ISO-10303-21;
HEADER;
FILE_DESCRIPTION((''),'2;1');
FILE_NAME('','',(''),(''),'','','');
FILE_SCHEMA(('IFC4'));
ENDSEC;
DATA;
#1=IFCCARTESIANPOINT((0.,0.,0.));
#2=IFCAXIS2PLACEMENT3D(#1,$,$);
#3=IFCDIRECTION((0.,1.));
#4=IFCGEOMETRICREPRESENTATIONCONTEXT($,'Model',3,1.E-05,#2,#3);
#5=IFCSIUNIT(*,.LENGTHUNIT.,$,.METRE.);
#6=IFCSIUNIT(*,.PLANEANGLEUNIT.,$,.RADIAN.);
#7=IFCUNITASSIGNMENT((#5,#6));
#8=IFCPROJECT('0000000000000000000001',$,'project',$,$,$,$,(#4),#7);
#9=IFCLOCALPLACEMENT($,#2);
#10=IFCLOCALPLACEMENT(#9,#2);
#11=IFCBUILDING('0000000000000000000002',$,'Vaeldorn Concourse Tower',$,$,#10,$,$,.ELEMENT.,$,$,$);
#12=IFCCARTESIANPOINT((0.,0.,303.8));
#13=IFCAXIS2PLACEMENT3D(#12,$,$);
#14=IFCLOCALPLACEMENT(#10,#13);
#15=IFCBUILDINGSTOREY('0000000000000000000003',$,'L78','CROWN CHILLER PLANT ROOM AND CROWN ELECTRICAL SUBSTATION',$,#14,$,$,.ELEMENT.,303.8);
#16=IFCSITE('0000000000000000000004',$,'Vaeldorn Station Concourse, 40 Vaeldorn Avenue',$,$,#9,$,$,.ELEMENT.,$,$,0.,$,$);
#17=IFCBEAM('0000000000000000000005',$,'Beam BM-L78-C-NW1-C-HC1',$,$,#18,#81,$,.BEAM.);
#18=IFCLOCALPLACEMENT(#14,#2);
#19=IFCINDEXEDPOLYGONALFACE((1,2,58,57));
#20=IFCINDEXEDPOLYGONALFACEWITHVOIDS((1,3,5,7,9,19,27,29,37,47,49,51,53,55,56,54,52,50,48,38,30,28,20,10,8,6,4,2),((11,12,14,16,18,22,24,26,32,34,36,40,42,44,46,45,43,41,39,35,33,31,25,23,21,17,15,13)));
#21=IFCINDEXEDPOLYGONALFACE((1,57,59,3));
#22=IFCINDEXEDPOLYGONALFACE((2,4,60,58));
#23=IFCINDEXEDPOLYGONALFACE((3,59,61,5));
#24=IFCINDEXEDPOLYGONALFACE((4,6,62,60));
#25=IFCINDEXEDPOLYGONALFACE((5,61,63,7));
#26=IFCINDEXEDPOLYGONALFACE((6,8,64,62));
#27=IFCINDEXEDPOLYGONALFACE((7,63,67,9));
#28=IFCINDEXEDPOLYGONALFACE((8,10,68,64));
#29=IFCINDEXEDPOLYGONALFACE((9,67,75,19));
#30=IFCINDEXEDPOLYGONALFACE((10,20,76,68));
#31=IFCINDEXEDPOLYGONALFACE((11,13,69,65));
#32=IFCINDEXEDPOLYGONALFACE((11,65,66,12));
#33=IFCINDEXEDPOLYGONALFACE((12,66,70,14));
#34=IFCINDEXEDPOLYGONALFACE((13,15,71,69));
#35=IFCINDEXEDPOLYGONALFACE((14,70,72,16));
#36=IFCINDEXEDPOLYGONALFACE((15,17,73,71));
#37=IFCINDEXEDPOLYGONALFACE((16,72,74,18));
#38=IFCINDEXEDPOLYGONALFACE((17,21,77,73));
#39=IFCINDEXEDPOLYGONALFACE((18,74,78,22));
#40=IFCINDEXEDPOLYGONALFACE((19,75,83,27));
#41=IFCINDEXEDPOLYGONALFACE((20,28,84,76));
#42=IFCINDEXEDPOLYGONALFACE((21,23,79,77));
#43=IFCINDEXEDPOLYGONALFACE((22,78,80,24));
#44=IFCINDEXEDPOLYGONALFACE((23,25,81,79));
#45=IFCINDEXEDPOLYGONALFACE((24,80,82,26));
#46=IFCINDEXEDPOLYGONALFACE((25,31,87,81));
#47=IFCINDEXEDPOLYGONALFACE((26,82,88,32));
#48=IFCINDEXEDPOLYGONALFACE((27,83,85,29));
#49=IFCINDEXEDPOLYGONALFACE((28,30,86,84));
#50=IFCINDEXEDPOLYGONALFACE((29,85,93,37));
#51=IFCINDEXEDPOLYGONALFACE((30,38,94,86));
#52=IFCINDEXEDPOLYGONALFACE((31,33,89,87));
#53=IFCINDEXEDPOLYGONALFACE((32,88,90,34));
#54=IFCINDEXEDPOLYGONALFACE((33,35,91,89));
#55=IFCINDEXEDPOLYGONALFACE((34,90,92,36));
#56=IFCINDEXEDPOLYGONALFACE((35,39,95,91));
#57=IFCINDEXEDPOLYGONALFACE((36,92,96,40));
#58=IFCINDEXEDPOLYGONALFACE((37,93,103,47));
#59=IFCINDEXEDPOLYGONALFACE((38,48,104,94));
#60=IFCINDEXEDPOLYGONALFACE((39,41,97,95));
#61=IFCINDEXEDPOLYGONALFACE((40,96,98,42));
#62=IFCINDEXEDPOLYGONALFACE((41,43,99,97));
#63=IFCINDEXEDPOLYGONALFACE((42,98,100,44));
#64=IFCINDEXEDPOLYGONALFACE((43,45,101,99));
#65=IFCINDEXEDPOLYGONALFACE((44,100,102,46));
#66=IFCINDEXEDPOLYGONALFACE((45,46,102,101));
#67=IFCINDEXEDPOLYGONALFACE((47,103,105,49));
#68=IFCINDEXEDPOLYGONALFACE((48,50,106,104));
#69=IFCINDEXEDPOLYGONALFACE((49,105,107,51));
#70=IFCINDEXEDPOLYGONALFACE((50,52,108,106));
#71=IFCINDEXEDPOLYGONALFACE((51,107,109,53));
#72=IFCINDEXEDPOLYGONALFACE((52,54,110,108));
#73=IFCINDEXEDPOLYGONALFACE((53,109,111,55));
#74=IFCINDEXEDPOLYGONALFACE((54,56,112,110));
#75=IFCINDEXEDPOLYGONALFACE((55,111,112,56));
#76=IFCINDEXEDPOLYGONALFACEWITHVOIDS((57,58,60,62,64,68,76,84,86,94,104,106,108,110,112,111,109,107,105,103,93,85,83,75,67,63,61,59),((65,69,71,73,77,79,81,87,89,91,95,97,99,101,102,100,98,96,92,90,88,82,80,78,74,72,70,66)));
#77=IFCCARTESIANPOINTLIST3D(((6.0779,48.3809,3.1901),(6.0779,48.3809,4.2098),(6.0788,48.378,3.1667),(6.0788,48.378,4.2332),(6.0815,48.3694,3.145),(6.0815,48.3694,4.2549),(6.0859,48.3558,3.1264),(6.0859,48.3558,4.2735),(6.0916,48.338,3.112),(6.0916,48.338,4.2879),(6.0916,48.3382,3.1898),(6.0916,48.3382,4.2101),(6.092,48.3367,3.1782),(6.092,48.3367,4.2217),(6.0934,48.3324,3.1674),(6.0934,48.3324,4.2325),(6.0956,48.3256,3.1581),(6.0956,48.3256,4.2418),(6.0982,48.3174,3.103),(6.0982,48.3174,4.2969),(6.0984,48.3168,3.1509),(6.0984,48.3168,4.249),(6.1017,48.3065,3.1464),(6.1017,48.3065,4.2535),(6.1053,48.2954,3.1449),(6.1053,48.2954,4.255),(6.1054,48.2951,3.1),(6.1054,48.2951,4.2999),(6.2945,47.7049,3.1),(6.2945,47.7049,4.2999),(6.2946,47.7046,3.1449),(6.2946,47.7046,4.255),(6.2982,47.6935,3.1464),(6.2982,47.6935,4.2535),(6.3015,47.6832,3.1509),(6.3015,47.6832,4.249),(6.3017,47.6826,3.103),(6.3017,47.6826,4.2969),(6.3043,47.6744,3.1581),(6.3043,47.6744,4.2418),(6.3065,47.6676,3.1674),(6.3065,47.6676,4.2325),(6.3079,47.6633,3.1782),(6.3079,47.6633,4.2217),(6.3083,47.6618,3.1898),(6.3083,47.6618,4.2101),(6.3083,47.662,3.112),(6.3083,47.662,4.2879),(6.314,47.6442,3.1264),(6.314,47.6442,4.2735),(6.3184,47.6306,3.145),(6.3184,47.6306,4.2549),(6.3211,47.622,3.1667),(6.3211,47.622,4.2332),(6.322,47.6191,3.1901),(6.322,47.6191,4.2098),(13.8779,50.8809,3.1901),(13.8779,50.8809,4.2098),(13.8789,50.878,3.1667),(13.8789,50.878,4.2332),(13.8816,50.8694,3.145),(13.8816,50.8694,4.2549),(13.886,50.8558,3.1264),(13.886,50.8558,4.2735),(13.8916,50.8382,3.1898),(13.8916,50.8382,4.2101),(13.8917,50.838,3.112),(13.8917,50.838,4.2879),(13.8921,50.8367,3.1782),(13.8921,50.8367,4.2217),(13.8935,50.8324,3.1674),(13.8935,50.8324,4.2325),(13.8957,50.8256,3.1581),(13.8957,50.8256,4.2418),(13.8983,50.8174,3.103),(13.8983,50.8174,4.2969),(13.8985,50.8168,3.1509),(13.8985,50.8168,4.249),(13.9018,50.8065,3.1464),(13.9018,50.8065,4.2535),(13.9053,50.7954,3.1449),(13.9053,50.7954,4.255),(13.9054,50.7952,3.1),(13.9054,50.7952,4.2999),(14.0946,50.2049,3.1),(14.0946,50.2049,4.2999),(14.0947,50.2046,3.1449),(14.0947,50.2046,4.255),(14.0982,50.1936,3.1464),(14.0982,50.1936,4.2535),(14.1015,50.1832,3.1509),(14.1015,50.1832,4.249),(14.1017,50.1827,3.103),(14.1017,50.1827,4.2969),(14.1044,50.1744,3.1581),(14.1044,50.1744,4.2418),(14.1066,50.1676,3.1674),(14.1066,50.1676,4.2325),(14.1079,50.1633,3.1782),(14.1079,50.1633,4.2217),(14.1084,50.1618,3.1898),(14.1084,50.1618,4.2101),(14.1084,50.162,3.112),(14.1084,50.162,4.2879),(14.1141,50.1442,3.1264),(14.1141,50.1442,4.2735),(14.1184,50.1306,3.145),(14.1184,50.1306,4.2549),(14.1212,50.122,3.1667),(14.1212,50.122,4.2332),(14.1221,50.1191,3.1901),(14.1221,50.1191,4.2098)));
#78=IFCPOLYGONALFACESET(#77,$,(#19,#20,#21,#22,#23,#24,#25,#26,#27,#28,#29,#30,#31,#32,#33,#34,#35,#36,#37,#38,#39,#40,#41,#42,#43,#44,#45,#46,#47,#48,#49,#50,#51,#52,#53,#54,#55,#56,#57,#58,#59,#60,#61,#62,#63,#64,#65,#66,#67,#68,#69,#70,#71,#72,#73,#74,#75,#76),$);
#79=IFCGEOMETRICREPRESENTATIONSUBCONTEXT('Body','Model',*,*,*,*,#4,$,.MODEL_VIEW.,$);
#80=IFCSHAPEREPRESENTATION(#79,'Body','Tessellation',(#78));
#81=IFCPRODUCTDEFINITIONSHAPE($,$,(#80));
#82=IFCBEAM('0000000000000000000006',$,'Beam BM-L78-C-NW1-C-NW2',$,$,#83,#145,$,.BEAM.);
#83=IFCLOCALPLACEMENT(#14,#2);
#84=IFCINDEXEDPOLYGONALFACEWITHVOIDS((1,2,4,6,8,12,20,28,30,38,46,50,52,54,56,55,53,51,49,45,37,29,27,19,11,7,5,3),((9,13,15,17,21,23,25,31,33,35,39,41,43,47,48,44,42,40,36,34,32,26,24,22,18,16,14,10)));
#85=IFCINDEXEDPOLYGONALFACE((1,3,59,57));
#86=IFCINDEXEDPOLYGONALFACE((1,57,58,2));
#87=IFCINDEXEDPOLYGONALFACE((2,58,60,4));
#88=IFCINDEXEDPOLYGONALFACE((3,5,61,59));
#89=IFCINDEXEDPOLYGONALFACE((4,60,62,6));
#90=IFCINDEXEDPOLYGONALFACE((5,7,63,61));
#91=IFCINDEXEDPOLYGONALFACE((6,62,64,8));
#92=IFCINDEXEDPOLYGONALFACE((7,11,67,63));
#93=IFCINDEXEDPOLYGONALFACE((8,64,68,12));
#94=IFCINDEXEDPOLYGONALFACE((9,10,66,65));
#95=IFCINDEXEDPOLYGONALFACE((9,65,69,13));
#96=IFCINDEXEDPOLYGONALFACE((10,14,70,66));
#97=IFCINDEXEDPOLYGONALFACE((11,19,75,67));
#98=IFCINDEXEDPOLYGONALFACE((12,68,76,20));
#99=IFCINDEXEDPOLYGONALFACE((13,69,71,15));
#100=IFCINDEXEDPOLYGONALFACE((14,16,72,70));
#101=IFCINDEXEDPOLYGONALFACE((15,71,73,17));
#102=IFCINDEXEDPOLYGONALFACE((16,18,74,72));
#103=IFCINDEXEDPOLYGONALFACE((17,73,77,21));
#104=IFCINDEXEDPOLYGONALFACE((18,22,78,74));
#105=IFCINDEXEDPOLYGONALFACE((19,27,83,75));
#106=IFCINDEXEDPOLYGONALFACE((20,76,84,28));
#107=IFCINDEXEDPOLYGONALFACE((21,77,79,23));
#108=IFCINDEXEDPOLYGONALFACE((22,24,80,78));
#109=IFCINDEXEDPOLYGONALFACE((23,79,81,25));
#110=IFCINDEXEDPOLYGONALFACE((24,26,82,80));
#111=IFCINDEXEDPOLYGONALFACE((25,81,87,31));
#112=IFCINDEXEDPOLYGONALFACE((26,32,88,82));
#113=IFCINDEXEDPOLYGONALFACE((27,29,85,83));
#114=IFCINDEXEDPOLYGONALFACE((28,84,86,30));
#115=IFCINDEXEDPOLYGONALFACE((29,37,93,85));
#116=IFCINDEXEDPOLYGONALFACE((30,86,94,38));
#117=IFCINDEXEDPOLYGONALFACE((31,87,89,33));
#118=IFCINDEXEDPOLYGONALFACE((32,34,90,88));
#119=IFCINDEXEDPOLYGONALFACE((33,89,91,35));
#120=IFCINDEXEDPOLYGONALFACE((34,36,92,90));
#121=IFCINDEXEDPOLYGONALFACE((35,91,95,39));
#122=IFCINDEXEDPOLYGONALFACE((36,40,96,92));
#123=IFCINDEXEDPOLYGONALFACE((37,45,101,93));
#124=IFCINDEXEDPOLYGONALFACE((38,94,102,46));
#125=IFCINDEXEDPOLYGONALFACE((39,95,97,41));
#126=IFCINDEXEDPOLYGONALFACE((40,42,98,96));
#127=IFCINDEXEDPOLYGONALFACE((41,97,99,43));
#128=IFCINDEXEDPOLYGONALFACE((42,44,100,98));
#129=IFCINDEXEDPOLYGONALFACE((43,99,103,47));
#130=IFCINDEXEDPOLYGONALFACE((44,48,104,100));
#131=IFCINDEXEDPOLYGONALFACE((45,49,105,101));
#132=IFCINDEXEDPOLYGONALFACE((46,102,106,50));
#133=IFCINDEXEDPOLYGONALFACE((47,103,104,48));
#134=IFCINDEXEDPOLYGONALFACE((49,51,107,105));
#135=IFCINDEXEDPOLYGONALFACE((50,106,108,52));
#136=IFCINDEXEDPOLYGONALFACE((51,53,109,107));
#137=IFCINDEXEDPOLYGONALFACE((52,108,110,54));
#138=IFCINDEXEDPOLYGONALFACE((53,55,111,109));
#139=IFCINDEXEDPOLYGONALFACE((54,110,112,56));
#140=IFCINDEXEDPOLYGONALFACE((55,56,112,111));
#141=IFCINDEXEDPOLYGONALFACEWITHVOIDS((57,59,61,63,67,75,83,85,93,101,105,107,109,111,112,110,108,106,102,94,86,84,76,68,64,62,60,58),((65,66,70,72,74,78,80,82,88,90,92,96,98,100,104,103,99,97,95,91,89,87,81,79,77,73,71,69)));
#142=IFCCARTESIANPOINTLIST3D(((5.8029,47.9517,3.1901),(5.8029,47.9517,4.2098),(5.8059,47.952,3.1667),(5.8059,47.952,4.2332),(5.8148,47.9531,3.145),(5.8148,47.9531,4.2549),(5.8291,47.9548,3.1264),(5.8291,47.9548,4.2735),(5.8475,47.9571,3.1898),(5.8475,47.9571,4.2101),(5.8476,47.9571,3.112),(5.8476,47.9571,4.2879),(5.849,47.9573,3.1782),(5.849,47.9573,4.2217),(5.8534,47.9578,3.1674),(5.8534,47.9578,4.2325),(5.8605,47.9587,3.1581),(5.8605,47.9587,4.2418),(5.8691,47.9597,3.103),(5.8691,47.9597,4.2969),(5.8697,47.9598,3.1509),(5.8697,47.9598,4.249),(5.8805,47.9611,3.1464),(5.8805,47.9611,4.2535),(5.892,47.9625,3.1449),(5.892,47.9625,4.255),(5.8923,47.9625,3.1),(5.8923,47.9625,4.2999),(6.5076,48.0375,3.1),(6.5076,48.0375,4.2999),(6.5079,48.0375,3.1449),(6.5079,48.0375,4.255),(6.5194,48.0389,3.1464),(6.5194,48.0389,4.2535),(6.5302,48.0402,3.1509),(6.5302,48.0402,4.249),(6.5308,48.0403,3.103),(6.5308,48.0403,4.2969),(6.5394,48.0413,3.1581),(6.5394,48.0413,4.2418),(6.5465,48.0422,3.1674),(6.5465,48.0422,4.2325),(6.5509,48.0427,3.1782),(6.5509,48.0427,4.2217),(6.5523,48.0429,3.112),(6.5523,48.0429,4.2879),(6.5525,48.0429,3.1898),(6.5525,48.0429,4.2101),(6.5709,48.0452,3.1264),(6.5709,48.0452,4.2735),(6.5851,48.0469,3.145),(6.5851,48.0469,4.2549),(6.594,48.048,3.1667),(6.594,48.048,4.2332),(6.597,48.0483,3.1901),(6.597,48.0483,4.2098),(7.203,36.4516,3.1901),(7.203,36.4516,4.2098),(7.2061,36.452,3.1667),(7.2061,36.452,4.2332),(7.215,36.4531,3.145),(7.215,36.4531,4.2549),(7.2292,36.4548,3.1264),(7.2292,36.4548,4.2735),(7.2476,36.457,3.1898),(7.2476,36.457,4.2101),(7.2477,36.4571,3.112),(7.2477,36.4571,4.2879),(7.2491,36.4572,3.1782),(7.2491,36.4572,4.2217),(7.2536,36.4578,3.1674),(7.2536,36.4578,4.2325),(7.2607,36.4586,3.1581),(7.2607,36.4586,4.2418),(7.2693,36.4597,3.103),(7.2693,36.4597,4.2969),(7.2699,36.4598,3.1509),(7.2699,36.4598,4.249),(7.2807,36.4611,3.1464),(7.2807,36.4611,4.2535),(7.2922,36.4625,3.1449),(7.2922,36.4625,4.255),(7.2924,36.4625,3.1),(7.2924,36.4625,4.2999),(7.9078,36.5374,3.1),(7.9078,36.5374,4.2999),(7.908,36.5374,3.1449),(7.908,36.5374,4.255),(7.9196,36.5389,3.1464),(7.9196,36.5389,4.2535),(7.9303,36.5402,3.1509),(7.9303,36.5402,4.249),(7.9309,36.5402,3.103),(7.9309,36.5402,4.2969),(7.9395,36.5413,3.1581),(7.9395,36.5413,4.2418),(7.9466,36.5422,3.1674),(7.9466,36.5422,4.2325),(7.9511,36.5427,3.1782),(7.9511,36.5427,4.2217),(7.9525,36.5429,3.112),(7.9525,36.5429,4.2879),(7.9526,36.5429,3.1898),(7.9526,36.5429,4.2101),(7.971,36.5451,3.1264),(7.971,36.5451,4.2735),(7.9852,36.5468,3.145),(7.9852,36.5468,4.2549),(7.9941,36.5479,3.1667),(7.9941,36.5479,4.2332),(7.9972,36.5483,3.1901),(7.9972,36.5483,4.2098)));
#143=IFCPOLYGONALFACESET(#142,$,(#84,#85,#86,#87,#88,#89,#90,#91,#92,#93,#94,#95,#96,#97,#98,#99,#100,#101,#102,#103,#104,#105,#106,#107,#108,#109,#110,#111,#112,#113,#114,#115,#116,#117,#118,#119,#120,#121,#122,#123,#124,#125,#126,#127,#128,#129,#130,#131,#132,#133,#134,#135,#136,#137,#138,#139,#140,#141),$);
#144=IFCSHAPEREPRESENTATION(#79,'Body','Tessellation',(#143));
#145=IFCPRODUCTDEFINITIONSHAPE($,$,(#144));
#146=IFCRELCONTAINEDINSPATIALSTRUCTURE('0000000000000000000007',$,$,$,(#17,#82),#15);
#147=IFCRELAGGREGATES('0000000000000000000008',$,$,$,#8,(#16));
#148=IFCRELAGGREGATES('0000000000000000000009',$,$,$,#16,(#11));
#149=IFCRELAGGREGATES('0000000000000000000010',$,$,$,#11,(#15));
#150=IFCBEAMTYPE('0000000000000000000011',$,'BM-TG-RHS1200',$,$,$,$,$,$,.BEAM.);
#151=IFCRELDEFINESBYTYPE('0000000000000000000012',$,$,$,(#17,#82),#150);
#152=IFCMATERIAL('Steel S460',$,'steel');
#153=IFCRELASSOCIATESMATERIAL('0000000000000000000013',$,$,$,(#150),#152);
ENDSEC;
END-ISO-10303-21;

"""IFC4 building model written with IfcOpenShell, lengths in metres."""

from ifc_helpers import new_model, si_unit, direction, frame, origin, origin_2d, place, context, subcontext, project, spatial, hollow_rectangle, extrude, source, transform, mapped, material, material_profile, profile_set, type_object, element, save


model = new_model("IFC4")

# Units and contexts
model_context = context("Model", 3, precision=1e-05, world=origin(), true_north=direction((0.0, 1.0)))
body_context = subcontext(model_context, "Body", "Model", "MODEL_VIEW")
ifc_project = project(units=[si_unit("LENGTHUNIT", "METRE"), si_unit("PLANEANGLEUNIT", "RADIAN")], contexts=[model_context])

# Site, building, storey
site_placement = place(None, origin())
site = spatial("IfcSite", under=ifc_project, at=site_placement, Name="Vaeldorn Station Concourse, 40 Vaeldorn Avenue", CompositionType="ELEMENT", RefElevation=0.0)
building_placement = place(site_placement, origin())
building = spatial("IfcBuilding", under=site, at=building_placement, Name="Vaeldorn Concourse Tower", CompositionType="ELEMENT")
storey_placement = place(building_placement, frame((0.0, 0.0, 303.8)))
storey = spatial("IfcBuildingStorey", under=building, at=storey_placement, Name="L78", Description="CROWN CHILLER PLANT ROOM AND CROWN ELECTRICAL SUBSTATION", CompositionType="ELEMENT", Elevation=303.8)

# Beams
ifc_material_1 = material(Name="Steel S460", Category="steel")
ifc_material_profile_1 = material_profile(ifc_material_1, hollow_rectangle(XDim=0.8, YDim=1.2, WallThickness=0.0449, InnerFilletRadius=0.0449, OuterFilletRadius=0.0901, at=origin_2d()), Name="RHS 1200x800x45")
ifc_profile_set_1 = profile_set([ifc_material_profile_1], Name="Steel S460")
beam_type_1 = type_object("IfcBeamType", Name="BM-TG-RHS1200", PredefinedType="BEAM", material=ifc_profile_set_1)
shared_shape_1 = source(origin(), body_context, "Body", "SweptSolid", [
    extrude(hollow_rectangle(XDim=0.8, YDim=1.2, WallThickness=0.0449, InnerFilletRadius=0.0449, OuterFilletRadius=0.0901, at=origin_2d()), origin(), (0.0, 0.0, 1.0), 8.1909),
])
beam_1_placement = place(storey_placement, frame((6.2, 48.0, 3.7), z_axis=(0.952283, 0.305217, 0.0), x_axis=(-0.305217, 0.952283, 0.0)))
element("IfcBeam", 1, at=beam_1_placement, inside=storey, type_object=beam_type_1, Name="Beam BM-L78-C-NW1-C-HC1", PredefinedType="BEAM", context=body_context, shape_type="MappedRepresentation", body=[
    mapped(shared_shape_1, transform((0.0, 0.0, 0.0), scale=1.0)),
])
shared_shape_2 = source(origin(), body_context, "Body", "SweptSolid", [
    extrude(hollow_rectangle(XDim=0.8, YDim=1.2, WallThickness=0.0449, InnerFilletRadius=0.0449, OuterFilletRadius=0.0901, at=origin_2d()), origin(), (0.0, 0.0, 1.0), 11.585),
])
beam_2_placement = place(storey_placement, frame((6.2, 48.0, 3.7), z_axis=(0.120859, -0.99267, 0.0), x_axis=(0.99267, 0.120859, 0.0)))
element("IfcBeam", 2, at=beam_2_placement, inside=storey, type_object=beam_type_1, Name="Beam BM-L78-C-NW1-C-NW2", PredefinedType="BEAM", context=body_context, shape_type="MappedRepresentation", body=[
    mapped(shared_shape_2, transform((0.0, 0.0, 0.0), scale=1.0)),
])

save(model, "model.ifc")
